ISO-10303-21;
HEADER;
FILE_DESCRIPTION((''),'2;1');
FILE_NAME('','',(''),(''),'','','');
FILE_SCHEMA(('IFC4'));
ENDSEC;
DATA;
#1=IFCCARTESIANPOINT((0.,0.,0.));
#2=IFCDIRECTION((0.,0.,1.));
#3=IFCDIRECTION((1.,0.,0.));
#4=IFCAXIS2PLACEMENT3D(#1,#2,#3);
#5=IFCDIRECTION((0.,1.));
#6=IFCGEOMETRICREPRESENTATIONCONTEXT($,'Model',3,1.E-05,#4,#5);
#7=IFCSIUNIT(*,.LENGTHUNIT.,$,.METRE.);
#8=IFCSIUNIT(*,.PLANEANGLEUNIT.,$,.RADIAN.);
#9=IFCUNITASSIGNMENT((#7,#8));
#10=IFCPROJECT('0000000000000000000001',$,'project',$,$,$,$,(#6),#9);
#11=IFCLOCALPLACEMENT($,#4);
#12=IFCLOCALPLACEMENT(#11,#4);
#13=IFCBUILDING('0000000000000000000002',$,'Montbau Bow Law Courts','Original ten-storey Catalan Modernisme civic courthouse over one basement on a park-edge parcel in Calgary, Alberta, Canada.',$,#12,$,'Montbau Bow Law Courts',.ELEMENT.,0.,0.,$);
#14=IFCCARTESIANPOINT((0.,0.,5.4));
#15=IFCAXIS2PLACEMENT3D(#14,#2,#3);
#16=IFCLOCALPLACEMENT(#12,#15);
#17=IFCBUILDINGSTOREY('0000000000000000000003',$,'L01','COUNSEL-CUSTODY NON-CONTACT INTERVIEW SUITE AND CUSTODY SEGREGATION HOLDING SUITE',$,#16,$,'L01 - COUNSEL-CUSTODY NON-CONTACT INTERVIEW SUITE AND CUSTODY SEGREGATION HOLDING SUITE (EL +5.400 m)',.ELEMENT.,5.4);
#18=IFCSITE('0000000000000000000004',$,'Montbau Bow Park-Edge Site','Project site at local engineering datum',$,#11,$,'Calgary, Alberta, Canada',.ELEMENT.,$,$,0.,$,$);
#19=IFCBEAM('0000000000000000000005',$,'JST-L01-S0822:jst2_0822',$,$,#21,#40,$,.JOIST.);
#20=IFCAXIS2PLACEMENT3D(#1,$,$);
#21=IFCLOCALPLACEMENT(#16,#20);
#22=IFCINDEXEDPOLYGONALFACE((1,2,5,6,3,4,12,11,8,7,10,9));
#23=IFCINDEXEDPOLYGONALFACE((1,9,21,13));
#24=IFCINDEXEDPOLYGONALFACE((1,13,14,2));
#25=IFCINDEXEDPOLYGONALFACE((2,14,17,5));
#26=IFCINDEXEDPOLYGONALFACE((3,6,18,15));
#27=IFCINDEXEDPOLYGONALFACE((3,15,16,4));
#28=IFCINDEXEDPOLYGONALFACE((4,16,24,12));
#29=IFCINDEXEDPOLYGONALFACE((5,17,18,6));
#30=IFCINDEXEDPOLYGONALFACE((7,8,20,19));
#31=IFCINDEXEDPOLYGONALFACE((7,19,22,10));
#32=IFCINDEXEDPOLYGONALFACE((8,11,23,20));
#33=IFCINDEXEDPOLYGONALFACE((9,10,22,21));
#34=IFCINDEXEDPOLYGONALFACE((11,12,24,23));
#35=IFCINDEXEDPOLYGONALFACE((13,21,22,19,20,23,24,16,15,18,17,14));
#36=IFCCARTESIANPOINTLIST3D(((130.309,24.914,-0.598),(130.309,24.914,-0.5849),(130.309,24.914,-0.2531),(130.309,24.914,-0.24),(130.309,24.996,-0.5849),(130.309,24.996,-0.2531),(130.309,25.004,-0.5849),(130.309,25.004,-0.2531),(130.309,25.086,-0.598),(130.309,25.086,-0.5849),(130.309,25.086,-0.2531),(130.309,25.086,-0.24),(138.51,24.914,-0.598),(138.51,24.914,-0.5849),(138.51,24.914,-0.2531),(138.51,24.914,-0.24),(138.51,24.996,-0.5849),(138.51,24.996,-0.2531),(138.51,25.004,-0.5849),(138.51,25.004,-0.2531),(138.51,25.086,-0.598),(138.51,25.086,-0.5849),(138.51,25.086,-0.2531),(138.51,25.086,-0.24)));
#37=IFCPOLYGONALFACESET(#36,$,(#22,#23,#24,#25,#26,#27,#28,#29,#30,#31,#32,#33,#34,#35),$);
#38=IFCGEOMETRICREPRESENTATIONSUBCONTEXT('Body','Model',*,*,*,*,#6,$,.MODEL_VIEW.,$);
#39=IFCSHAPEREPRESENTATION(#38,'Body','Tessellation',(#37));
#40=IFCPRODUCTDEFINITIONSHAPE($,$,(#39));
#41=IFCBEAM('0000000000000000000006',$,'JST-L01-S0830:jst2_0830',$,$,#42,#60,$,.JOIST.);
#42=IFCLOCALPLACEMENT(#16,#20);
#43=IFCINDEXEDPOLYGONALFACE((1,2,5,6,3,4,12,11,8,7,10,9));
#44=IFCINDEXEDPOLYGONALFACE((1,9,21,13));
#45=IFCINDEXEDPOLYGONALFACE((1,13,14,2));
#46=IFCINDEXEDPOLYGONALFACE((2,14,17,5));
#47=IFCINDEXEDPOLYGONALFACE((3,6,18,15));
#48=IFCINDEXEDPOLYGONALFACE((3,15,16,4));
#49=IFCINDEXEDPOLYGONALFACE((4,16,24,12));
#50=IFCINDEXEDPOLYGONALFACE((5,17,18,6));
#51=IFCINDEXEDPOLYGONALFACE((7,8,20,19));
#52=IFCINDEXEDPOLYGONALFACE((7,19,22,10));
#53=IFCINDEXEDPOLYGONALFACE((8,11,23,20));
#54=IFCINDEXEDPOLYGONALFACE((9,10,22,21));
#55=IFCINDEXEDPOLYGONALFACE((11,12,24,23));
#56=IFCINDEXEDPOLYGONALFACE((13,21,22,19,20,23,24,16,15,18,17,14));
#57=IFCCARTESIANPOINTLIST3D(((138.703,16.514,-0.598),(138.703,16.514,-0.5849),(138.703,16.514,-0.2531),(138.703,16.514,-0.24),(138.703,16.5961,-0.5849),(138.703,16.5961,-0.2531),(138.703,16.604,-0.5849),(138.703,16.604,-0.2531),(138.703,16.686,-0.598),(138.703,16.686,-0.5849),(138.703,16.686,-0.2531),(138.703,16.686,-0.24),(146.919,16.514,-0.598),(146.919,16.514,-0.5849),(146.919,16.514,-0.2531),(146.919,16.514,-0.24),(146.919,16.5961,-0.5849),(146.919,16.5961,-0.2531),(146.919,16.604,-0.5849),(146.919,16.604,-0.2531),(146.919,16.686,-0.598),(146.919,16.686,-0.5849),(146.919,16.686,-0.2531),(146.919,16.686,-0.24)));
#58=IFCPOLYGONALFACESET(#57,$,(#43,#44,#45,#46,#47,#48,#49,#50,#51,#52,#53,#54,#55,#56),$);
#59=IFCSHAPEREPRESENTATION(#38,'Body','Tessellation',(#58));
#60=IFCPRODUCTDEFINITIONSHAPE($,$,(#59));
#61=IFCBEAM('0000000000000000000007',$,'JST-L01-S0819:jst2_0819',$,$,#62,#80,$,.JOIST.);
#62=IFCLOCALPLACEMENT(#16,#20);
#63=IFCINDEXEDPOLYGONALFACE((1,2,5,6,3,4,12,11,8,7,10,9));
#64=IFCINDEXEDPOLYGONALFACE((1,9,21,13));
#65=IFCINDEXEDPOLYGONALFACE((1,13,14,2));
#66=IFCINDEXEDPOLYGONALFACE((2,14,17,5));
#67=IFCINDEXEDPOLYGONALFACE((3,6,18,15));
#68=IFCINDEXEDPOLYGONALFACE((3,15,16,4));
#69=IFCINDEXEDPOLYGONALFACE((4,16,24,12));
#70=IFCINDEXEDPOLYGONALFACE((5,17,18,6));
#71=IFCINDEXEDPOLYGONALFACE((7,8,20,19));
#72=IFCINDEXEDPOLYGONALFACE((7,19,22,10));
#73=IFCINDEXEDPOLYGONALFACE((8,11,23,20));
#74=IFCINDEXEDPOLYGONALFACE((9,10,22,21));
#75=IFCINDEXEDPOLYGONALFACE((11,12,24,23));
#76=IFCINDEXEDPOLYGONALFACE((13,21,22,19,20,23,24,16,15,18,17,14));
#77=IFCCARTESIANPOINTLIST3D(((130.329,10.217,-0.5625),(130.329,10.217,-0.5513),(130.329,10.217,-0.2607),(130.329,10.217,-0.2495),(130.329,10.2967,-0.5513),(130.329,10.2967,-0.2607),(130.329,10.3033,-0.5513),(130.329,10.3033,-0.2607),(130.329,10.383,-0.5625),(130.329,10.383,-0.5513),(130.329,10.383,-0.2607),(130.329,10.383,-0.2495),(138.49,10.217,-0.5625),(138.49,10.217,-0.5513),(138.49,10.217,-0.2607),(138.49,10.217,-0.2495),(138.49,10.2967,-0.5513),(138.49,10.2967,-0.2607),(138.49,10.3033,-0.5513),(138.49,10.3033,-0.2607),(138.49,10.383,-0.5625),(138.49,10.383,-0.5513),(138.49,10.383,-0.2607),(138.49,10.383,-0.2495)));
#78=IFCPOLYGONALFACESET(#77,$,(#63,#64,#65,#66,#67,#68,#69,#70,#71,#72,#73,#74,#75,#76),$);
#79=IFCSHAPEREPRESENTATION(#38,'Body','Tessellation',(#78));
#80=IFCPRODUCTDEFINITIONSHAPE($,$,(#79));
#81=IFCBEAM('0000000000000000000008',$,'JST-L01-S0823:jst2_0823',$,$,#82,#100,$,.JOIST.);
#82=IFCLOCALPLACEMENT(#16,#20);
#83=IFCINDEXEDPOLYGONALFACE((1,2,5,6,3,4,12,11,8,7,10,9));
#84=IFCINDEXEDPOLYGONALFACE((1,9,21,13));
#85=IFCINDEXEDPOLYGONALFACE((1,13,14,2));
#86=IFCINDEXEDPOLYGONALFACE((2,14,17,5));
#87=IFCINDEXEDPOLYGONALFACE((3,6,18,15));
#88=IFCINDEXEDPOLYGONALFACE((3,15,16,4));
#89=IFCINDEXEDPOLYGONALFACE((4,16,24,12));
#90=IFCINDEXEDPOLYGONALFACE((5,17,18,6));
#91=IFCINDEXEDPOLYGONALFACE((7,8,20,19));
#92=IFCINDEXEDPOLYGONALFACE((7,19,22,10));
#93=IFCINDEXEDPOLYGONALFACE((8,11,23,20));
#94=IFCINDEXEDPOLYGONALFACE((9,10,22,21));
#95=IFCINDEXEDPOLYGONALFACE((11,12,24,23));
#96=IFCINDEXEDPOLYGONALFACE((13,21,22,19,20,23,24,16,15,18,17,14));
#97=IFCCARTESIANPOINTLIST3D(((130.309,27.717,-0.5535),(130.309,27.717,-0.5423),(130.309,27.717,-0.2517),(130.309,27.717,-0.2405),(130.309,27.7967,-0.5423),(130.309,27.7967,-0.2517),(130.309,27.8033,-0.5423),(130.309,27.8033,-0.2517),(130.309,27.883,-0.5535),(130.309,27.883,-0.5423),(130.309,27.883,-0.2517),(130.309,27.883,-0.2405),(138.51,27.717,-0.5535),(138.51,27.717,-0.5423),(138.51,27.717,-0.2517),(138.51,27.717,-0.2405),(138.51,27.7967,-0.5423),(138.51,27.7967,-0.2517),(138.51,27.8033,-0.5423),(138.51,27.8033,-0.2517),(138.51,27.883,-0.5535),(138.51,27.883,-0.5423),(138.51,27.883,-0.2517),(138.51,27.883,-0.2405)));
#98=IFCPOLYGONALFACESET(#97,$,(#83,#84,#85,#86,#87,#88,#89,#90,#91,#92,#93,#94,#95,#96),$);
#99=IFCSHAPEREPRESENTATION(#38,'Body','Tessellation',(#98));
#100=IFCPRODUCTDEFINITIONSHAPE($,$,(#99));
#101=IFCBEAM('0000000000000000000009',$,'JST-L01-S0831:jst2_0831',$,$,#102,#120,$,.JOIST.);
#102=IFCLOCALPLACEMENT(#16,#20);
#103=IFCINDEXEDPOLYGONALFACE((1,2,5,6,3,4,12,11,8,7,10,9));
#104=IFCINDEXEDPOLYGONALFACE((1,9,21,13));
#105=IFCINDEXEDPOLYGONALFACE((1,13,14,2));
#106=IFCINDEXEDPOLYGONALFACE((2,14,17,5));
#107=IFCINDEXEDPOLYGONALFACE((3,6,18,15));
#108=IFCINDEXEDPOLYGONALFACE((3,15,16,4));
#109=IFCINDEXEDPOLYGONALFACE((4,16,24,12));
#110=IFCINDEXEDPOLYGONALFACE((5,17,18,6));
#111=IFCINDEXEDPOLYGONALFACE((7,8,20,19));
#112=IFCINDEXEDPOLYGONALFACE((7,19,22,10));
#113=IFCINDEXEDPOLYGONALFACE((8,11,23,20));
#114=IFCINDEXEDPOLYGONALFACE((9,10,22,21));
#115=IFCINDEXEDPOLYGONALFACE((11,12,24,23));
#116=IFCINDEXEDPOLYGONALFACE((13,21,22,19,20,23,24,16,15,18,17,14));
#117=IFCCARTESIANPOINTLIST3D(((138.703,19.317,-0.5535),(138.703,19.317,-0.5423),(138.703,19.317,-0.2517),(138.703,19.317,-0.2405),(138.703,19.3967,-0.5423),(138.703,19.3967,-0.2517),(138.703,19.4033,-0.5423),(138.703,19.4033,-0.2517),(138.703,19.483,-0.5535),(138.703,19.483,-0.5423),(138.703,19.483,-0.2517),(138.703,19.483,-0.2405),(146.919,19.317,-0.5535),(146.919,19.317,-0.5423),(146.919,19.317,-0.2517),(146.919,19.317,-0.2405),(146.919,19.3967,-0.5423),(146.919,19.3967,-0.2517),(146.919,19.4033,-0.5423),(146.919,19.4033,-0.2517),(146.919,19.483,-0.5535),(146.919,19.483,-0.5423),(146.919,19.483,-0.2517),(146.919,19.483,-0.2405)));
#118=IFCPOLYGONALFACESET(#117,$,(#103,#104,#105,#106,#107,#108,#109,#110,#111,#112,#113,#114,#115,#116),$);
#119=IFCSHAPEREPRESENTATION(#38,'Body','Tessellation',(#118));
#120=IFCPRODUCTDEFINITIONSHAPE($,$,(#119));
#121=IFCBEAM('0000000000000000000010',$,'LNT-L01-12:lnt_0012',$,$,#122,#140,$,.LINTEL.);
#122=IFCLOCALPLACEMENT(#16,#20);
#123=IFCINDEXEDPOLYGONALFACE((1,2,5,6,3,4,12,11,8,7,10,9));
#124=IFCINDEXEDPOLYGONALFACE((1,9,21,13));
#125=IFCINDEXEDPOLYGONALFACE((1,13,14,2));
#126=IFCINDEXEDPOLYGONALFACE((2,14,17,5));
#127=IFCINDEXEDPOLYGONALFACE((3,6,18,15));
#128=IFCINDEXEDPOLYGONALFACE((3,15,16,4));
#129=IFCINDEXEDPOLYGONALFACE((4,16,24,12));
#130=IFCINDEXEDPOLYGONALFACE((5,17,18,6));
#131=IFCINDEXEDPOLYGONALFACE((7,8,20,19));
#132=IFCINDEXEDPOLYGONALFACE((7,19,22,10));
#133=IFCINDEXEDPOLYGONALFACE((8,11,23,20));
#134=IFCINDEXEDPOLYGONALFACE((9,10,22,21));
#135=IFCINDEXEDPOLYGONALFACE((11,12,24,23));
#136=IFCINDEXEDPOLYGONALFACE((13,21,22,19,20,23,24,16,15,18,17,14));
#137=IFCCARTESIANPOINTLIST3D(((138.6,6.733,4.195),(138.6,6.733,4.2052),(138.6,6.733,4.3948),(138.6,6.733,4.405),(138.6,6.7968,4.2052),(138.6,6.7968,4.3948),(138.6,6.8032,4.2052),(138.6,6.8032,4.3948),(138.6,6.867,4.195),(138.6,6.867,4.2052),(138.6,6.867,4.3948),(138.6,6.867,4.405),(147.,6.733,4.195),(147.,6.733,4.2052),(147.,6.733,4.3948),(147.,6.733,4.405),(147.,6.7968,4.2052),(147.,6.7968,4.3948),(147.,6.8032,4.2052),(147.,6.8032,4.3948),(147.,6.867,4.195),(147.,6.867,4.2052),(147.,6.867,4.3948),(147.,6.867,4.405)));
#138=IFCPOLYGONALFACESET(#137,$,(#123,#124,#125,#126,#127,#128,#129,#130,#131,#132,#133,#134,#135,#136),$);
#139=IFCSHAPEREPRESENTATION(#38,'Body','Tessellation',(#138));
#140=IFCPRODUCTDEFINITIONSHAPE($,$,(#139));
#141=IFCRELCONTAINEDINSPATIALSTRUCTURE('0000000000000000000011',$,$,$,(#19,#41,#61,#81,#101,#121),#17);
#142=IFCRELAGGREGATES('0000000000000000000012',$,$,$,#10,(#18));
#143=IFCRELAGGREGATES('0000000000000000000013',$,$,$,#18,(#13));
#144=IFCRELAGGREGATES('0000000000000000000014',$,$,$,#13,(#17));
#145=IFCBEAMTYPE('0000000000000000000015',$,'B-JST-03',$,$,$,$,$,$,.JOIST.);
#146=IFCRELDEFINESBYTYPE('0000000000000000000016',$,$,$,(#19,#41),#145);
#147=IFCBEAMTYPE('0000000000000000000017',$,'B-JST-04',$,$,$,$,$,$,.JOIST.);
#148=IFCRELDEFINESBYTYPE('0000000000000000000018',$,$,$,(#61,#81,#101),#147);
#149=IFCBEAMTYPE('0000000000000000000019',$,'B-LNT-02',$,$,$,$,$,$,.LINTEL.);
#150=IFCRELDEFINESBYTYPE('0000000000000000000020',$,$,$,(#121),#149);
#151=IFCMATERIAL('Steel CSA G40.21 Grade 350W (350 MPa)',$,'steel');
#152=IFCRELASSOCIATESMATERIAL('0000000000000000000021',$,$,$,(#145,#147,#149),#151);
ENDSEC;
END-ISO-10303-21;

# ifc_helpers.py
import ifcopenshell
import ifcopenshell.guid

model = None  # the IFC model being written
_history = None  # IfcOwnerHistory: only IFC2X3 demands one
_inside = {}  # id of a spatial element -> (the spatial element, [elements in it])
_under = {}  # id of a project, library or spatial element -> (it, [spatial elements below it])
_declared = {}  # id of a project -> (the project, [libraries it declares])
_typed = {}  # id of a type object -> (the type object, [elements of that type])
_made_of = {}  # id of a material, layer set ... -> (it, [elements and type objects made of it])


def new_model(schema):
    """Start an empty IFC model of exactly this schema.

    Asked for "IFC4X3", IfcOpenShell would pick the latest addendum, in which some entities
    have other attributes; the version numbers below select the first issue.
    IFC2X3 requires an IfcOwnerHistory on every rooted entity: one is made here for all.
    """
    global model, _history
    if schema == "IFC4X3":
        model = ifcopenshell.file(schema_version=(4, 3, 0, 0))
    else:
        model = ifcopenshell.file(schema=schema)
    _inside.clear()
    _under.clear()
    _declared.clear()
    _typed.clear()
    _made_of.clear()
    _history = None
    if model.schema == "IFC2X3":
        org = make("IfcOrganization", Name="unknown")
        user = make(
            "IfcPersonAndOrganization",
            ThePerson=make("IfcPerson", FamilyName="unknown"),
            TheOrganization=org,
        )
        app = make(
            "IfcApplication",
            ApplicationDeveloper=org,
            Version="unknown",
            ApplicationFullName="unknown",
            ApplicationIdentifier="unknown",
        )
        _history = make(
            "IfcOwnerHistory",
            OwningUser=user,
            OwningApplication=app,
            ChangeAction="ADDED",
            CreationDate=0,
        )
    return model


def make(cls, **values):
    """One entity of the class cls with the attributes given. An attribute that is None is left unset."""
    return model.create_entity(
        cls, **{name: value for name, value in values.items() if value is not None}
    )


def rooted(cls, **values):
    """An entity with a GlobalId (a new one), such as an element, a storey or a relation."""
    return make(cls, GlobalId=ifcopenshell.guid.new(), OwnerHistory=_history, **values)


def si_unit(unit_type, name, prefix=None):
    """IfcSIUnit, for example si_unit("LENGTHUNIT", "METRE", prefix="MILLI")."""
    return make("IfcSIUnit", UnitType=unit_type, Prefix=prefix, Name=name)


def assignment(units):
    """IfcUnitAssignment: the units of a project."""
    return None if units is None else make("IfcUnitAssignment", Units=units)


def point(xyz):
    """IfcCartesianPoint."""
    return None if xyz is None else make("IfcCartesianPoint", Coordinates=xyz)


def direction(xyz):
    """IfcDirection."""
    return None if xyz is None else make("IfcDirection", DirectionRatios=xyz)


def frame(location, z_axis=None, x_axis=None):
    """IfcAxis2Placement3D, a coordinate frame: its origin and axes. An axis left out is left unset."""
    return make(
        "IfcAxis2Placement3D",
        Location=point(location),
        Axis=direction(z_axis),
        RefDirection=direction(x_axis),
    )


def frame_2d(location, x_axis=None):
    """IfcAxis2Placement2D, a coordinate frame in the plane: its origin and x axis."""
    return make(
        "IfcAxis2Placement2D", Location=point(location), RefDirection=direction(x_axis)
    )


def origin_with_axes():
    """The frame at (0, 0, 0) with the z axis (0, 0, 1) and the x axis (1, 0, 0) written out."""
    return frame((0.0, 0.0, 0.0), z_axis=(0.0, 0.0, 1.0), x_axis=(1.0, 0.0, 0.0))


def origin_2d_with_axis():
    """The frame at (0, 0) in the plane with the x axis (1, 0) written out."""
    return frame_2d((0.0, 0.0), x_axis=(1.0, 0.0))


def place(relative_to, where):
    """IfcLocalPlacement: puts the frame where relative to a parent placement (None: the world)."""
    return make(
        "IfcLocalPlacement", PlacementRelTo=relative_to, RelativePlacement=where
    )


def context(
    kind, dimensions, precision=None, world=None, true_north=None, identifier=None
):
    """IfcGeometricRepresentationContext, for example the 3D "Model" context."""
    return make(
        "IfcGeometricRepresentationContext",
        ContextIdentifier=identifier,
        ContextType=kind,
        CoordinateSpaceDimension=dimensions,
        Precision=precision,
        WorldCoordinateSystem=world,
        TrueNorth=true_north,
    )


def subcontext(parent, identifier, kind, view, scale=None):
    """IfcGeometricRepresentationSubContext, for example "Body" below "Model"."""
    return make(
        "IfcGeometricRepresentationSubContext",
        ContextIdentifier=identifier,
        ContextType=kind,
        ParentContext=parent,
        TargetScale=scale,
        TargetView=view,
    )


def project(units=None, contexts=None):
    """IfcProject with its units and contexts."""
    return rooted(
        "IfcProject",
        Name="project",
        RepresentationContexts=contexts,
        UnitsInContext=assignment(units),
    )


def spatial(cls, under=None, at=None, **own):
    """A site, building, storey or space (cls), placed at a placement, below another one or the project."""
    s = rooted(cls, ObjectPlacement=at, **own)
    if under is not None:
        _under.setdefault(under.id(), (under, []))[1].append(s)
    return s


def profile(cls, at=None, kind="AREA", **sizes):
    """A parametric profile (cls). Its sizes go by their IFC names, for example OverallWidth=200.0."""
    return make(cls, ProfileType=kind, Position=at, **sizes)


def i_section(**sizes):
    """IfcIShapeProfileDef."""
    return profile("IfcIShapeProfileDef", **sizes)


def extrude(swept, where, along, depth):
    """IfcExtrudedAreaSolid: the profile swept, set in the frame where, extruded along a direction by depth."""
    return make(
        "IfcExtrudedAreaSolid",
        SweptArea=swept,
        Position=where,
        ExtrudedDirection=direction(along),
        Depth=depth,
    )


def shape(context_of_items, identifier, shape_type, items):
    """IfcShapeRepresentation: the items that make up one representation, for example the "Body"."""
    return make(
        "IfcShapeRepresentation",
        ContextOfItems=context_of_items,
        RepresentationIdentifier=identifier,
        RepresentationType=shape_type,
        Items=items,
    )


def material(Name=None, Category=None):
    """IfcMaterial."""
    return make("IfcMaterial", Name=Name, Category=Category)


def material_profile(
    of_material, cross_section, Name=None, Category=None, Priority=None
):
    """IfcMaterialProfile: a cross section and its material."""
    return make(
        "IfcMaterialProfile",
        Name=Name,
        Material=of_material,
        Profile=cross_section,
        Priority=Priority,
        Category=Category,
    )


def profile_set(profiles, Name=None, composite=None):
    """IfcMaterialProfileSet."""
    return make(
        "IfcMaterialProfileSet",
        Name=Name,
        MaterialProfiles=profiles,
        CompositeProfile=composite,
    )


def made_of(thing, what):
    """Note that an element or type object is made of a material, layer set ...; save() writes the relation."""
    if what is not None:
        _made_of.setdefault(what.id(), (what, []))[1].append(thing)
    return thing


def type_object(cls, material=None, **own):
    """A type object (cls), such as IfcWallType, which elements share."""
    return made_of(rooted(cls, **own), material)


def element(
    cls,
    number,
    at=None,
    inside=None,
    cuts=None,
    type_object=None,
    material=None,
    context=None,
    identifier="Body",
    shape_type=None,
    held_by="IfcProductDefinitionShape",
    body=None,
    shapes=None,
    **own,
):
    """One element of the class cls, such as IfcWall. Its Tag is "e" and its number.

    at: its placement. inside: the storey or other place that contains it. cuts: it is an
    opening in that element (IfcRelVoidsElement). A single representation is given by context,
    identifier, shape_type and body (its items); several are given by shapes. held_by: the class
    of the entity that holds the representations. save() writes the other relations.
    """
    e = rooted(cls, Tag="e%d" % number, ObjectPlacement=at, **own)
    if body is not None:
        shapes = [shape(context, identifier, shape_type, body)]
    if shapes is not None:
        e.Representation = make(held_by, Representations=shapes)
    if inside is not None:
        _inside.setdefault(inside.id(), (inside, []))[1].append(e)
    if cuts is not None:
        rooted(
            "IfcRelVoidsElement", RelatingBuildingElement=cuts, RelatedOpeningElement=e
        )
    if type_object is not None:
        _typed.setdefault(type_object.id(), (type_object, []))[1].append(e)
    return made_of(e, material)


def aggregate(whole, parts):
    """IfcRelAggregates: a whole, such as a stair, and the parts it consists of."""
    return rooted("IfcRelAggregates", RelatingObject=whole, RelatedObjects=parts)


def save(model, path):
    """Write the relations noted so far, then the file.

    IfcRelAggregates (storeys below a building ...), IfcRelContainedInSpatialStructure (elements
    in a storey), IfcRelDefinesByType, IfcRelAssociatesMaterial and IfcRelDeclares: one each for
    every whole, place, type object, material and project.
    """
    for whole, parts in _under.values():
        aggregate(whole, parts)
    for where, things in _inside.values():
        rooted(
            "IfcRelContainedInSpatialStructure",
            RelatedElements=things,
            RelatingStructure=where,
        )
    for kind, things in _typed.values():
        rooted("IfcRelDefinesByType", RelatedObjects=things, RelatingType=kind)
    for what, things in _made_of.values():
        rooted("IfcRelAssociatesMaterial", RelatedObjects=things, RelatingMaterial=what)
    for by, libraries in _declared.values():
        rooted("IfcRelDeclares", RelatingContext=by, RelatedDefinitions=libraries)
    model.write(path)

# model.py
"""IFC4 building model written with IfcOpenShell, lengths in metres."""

from ifc_helpers import new_model, si_unit, direction, frame, origin_with_axes, origin_2d_with_axis, place, context, subcontext, project, spatial, i_section, extrude, material, material_profile, profile_set, type_object, element, save


model = new_model("IFC4")

# Units and contexts
model_context = context("Model", 3, precision=1e-05, world=origin_with_axes(), true_north=direction((0.0, 1.0)))
body_context = subcontext(model_context, "Body", "Model", "MODEL_VIEW")
ifc_project = project(units=[si_unit("LENGTHUNIT", "METRE"), si_unit("PLANEANGLEUNIT", "RADIAN")], contexts=[model_context])

# Site, building, storey
site_placement = place(None, origin_with_axes())
site = spatial("IfcSite", under=ifc_project, at=site_placement, Name="Montbau Bow Park-Edge Site", Description="Project site at local engineering datum", LongName="Calgary, Alberta, Canada", CompositionType="ELEMENT", RefElevation=0.0)
building_placement = place(site_placement, origin_with_axes())
building = spatial("IfcBuilding", under=site, at=building_placement, Name="Montbau Bow Law Courts", Description="Original ten-storey Catalan Modernisme civic courthouse over one basement on a park-edge parcel in Calgary, Alberta, Canada.", LongName="Montbau Bow Law Courts", CompositionType="ELEMENT", ElevationOfRefHeight=0.0, ElevationOfTerrain=0.0)
storey_placement = place(building_placement, frame((0.0, 0.0, 5.4), z_axis=(0.0, 0.0, 1.0), x_axis=(1.0, 0.0, 0.0)))
storey = spatial("IfcBuildingStorey", under=building, at=storey_placement, Name="L01", Description="COUNSEL-CUSTODY NON-CONTACT INTERVIEW SUITE AND CUSTODY SEGREGATION HOLDING SUITE", LongName="L01 - COUNSEL-CUSTODY NON-CONTACT INTERVIEW SUITE AND CUSTODY SEGREGATION HOLDING SUITE (EL +5.400 m)", CompositionType="ELEMENT", Elevation=5.4)

# Shared definitions
ifc_material_1 = material(Name="Steel CSA G40.21 Grade 350W (350 MPa)", Category="steel")

# Beams
ifc_material_profile_1 = material_profile(ifc_material_1, i_section(OverallWidth=0.172, OverallDepth=0.358, WebThickness=0.0079, FlangeThickness=0.0131, at=origin_2d_with_axis()), Name="W360X57", Category="Main", Priority=0)
ifc_profile_set_1 = profile_set([ifc_material_profile_1], Name="Steel CSA G40.21 Grade 350W (350 MPa)")
beam_type_1 = type_object("IfcBeamType", Name="B-JST-03", PredefinedType="JOIST", material=ifc_profile_set_1)
beam_1_placement = place(None, frame((130.309, 25.0, 4.981), z_axis=(1.0, 0.0, 0.0), x_axis=(0.0, 1.0, 0.0)))
element("IfcBeam", 1, at=beam_1_placement, inside=storey, type_object=beam_type_1, Name="JST-L01-S0822:jst2_0822", PredefinedType="JOIST", context=body_context, shape_type="SweptSolid", body=[
    extrude(i_section(OverallWidth=0.172, OverallDepth=0.358, WebThickness=0.0079, FlangeThickness=0.0131, at=origin_2d_with_axis()), origin_with_axes(), (0.0, 0.0, 1.0), 8.201),
])
beam_2_placement = place(None, frame((138.703, 16.6, 4.981), z_axis=(1.0, 0.0, 0.0), x_axis=(0.0, 1.0, 0.0)))
element("IfcBeam", 2, at=beam_2_placement, inside=storey, type_object=beam_type_1, Name="JST-L01-S0830:jst2_0830", PredefinedType="JOIST", context=body_context, shape_type="SweptSolid", body=[
    extrude(i_section(OverallWidth=0.172, OverallDepth=0.358, WebThickness=0.0079, FlangeThickness=0.0131, at=origin_2d_with_axis()), origin_with_axes(), (0.0, 0.0, 1.0), 8.216),
])
ifc_material_profile_2 = material_profile(ifc_material_1, i_section(OverallWidth=0.166, OverallDepth=0.313, WebThickness=0.0066, FlangeThickness=0.0112, at=origin_2d_with_axis()), Name="W310X45", Category="Main", Priority=0)
ifc_profile_set_2 = profile_set([ifc_material_profile_2], Name="Steel CSA G40.21 Grade 350W (350 MPa)")
beam_type_2 = type_object("IfcBeamType", Name="B-JST-04", PredefinedType="JOIST", material=ifc_profile_set_2)
beam_3_placement = place(None, frame((130.329, 10.3, 4.994), z_axis=(1.0, 0.0, 0.0), x_axis=(0.0, 1.0, 0.0)))
element("IfcBeam", 3, at=beam_3_placement, inside=storey, type_object=beam_type_2, Name="JST-L01-S0819:jst2_0819", PredefinedType="JOIST", context=body_context, shape_type="SweptSolid", body=[
    extrude(i_section(OverallWidth=0.166, OverallDepth=0.313, WebThickness=0.0066, FlangeThickness=0.0112, at=origin_2d_with_axis()), origin_with_axes(), (0.0, 0.0, 1.0), 8.161),
])
beam_4_placement = place(None, frame((130.309, 27.8, 5.003), z_axis=(1.0, 0.0, 0.0), x_axis=(0.0, 1.0, 0.0)))
element("IfcBeam", 4, at=beam_4_placement, inside=storey, type_object=beam_type_2, Name="JST-L01-S0823:jst2_0823", PredefinedType="JOIST", context=body_context, shape_type="SweptSolid", body=[
    extrude(i_section(OverallWidth=0.166, OverallDepth=0.313, WebThickness=0.0066, FlangeThickness=0.0112, at=origin_2d_with_axis()), origin_with_axes(), (0.0, 0.0, 1.0), 8.201),
])
beam_5_placement = place(None, frame((138.703, 19.4, 5.003), z_axis=(1.0, 0.0, 0.0), x_axis=(0.0, 1.0, 0.0)))
element("IfcBeam", 5, at=beam_5_placement, inside=storey, type_object=beam_type_2, Name="JST-L01-S0831:jst2_0831", PredefinedType="JOIST", context=body_context, shape_type="SweptSolid", body=[
    extrude(i_section(OverallWidth=0.166, OverallDepth=0.313, WebThickness=0.0066, FlangeThickness=0.0112, at=origin_2d_with_axis()), origin_with_axes(), (0.0, 0.0, 1.0), 8.216),
])
ifc_material_profile_3 = material_profile(ifc_material_1, i_section(OverallWidth=0.134, OverallDepth=0.21, WebThickness=0.0064, FlangeThickness=0.0102, at=origin_2d_with_axis()), Name="W200X31", Category="Main", Priority=0)
ifc_profile_set_3 = profile_set([ifc_material_profile_3], Name="Steel CSA G40.21 Grade 350W (350 MPa)")
beam_type_3 = type_object("IfcBeamType", Name="B-LNT-02", PredefinedType="LINTEL", material=ifc_profile_set_3)
beam_6_placement = place(None, frame((138.6, 6.8, 9.7), z_axis=(1.0, 0.0, 0.0), x_axis=(0.0, 1.0, 0.0)))
element("IfcBeam", 6, at=beam_6_placement, inside=storey, type_object=beam_type_3, Name="LNT-L01-12:lnt_0012", PredefinedType="LINTEL", context=body_context, shape_type="SweptSolid", body=[
    extrude(i_section(OverallWidth=0.134, OverallDepth=0.21, WebThickness=0.0064, FlangeThickness=0.0102, at=origin_2d_with_axis()), origin_with_axes(), (0.0, 0.0, 1.0), 8.4),
])

save(model, "model.ifc")
